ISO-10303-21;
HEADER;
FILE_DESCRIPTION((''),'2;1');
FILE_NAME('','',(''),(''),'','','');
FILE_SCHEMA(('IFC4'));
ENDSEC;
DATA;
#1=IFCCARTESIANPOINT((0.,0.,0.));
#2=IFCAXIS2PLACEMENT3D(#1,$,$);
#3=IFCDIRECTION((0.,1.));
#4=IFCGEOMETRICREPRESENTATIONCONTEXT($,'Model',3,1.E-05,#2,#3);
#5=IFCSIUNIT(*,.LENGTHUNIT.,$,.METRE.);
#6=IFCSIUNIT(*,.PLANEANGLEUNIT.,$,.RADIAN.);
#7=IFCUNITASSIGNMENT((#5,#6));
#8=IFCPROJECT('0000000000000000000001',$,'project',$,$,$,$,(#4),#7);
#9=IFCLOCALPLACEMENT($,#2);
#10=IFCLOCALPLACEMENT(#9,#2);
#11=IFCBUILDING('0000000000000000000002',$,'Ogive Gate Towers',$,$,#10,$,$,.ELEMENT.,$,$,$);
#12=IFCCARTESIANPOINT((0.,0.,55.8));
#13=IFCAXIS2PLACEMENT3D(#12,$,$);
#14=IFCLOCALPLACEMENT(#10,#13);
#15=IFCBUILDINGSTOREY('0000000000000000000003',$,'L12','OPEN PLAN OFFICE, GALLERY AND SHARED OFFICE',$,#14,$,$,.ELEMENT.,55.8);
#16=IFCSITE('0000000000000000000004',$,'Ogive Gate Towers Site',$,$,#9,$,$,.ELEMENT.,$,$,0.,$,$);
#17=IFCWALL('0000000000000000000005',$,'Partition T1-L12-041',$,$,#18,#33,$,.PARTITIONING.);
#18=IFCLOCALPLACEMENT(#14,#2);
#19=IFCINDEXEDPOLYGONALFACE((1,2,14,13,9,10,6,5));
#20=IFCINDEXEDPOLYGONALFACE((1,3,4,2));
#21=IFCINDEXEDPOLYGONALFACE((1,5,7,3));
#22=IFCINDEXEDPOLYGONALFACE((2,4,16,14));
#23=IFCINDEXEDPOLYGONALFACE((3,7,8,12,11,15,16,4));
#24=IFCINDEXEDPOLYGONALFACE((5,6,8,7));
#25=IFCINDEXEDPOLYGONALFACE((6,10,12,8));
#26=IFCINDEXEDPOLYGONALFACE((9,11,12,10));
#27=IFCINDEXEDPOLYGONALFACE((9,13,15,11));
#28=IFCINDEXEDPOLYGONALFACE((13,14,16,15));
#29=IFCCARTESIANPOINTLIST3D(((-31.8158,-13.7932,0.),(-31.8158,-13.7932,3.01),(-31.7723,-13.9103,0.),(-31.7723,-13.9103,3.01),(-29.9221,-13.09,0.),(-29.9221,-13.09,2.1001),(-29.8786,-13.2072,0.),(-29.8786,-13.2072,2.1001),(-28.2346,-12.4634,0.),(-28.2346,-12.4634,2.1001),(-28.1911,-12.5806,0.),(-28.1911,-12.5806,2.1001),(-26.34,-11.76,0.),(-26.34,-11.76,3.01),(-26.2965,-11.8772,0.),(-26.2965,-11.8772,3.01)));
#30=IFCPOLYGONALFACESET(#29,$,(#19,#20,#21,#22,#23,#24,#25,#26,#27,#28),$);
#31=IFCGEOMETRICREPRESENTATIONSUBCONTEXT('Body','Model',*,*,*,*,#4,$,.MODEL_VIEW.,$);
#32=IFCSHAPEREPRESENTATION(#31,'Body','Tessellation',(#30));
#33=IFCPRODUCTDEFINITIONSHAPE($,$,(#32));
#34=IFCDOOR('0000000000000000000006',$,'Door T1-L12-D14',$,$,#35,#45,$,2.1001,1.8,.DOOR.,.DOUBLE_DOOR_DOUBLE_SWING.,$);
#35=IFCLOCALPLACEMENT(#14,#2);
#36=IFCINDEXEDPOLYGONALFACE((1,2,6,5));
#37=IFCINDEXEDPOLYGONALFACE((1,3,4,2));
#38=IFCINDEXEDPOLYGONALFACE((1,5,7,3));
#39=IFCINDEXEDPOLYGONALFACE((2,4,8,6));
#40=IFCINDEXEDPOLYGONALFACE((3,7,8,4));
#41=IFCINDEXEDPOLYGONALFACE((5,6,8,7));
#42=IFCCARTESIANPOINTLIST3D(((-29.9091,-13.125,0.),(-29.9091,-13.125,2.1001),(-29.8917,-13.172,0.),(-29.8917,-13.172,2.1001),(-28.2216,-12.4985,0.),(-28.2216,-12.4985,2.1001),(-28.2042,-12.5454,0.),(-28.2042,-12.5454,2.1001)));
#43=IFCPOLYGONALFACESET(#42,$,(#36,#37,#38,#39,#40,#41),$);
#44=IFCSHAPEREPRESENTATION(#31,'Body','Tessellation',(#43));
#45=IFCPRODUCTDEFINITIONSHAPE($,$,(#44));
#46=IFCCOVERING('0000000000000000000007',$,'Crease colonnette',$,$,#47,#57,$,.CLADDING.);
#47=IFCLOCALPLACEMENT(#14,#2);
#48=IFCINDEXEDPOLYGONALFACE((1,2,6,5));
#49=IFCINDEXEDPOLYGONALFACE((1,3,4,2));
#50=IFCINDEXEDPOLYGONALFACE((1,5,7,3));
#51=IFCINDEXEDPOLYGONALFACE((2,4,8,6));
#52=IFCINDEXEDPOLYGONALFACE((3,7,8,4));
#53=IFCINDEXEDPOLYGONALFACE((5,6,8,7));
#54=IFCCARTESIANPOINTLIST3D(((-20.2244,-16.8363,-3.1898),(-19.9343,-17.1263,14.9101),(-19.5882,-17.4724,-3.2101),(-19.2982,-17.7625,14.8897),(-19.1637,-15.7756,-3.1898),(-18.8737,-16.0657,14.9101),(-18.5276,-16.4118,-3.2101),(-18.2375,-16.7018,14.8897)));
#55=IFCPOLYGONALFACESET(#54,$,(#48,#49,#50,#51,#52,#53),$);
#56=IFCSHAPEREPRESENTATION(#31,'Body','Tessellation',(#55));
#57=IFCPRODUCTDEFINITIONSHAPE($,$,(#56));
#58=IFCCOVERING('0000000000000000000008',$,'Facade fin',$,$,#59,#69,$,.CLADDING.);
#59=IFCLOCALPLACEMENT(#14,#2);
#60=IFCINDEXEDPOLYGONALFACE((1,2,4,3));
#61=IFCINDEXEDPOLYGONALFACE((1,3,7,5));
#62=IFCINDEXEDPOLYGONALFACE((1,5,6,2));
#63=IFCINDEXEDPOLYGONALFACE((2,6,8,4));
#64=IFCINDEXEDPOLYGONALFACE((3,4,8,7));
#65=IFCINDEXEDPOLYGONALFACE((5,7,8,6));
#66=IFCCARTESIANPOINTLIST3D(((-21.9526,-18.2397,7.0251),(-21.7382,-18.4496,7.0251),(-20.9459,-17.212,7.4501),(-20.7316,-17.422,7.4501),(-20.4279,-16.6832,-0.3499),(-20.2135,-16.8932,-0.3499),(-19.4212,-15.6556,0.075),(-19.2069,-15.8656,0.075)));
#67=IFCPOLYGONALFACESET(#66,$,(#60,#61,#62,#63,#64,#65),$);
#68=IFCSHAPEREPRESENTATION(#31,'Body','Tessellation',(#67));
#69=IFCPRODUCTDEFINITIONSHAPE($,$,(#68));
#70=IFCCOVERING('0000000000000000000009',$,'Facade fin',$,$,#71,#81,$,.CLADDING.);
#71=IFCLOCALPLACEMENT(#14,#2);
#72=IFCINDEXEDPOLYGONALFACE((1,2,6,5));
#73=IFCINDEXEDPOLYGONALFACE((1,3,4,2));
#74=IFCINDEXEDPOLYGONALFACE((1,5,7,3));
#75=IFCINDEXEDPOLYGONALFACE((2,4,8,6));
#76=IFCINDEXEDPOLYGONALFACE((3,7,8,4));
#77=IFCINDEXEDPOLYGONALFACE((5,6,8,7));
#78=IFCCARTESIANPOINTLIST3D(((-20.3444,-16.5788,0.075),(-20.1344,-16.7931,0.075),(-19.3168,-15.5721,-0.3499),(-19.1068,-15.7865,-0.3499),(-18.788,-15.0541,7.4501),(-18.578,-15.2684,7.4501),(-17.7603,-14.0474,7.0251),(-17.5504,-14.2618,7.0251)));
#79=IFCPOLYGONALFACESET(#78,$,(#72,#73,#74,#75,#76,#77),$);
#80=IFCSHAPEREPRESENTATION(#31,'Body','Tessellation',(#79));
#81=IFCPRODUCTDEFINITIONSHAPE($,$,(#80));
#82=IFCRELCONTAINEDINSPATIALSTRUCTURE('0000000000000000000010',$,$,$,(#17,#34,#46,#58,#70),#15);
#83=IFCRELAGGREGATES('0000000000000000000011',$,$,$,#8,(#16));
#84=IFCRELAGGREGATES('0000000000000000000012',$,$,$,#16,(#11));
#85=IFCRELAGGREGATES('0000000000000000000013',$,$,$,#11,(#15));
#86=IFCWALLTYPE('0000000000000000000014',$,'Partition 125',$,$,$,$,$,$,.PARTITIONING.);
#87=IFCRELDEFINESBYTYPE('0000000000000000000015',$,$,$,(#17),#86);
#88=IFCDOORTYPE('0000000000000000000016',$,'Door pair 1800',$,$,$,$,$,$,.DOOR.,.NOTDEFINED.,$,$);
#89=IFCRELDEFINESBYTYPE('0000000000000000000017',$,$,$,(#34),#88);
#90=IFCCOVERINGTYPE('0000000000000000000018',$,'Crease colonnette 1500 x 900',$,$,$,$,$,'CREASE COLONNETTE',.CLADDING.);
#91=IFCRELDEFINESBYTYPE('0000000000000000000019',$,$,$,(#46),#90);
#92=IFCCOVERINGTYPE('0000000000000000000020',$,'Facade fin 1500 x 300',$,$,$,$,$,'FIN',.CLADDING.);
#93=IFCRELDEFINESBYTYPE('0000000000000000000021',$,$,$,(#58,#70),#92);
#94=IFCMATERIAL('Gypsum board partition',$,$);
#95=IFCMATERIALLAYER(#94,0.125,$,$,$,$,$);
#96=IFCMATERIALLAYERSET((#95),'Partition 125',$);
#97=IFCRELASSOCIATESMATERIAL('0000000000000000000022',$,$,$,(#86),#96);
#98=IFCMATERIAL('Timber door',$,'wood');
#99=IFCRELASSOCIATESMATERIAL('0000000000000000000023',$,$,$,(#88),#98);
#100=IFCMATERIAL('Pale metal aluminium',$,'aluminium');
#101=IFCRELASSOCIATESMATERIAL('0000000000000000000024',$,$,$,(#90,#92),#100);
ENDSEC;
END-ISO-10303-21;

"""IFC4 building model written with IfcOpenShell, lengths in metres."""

from ifc_helpers import new_model, si_unit, direction, frame, frame_2d, origin, origin_2d, place, context, subcontext, project, spatial, rectangle, extrude, material, layer, layer_set, material_profile, profile_set, type_object, element, fill, save


model = new_model("IFC4")

# Units and contexts
model_context = context("Model", 3, precision=1e-05, world=origin(), true_north=direction((0.0, 1.0)))
body_context = subcontext(model_context, "Body", "Model", "MODEL_VIEW")
ifc_project = project(units=[si_unit("LENGTHUNIT", "METRE"), si_unit("PLANEANGLEUNIT", "RADIAN")], contexts=[model_context])

# Site, building, storey
site_placement = place(None, origin())
site = spatial("IfcSite", under=ifc_project, at=site_placement, Name="Ogive Gate Towers Site", CompositionType="ELEMENT", RefElevation=0.0)
building_placement = place(site_placement, origin())
building = spatial("IfcBuilding", under=site, at=building_placement, Name="Ogive Gate Towers", CompositionType="ELEMENT")
storey_placement = place(building_placement, frame((0.0, 0.0, 55.8)))
storey = spatial("IfcBuildingStorey", under=building, at=storey_placement, Name="L12", Description="OPEN PLAN OFFICE, GALLERY AND SHARED OFFICE", CompositionType="ELEMENT", Elevation=55.8)

# Shared definitions
ifc_material_1 = material(Name="Pale metal aluminium", Category="aluminium")

# Shared definitions
ifc_material_2 = material(Name="Timber door", Category="wood")

# Shared definitions
ifc_material_3 = material(Name="Gypsum board partition")
ifc_layer_1 = layer(ifc_material_3, 0.125)
ifc_layer_set_1 = layer_set([ifc_layer_1], Name="Partition 125")
wall_type_1 = type_object("IfcWallType", Name="Partition 125", PredefinedType="PARTITIONING", material=ifc_layer_set_1)

# Wall, opening, door
wall_1_placement = place(storey_placement, frame((-26.3184, -11.8186, 0.0), z_axis=(0.0, 0.0, 1.0), x_axis=(-0.937463, -0.348085, 0.0)))
wall_1 = element("IfcWall", 1, at=wall_1_placement, inside=storey, type_object=wall_type_1, Name="Partition T1-L12-041", PredefinedType="PARTITIONING", context=body_context, shape_type="SweptSolid", body=[
    extrude(rectangle(XDim=5.8411, YDim=0.125, at=frame_2d((2.9204, 0.0))), origin(), (0.0, 0.0, 1.0), 3.01),
])
opening_1_placement = place(wall_1_placement, frame((2.021, 0.0, 0.0)))
opening_1 = element("IfcOpeningElement", 2, at=opening_1_placement, cuts=wall_1, PredefinedType="OPENING", context=body_context, shape_type="SweptSolid", body=[
    extrude(rectangle(XDim=1.8, YDim=2.1001, at=frame_2d((0.8999, 1.05))), frame((0.0, 0.0725, 0.0), z_axis=(0.0, -1.0, 0.0), x_axis=(1.0, 0.0, 0.0)), (0.0, 0.0, 1.0), 0.145),
])
door_type_1 = type_object("IfcDoorType", Name="Door pair 1800", OperationType="NOTDEFINED", PredefinedType="DOOR", material=ifc_material_2)
door_1_placement = place(opening_1_placement, origin())
door_1 = element("IfcDoor", 3, at=door_1_placement, inside=storey, type_object=door_type_1, Name="Door T1-L12-D14", OperationType="DOUBLE_DOOR_DOUBLE_SWING", OverallHeight=2.1001, OverallWidth=1.8, PredefinedType="DOOR", context=body_context, shape_type="SweptSolid", body=[
    extrude(rectangle(XDim=1.8, YDim=2.1001, at=frame_2d((0.8999, 1.05))), frame((0.0, 0.0249, 0.0), z_axis=(0.0, -1.0, 0.0), x_axis=(1.0, 0.0, 0.0)), (0.0, 0.0, 1.0), 0.05),
])
fill(opening_1, door_1)

# Coverings
ifc_material_profile_1 = material_profile(ifc_material_1, rectangle(XDim=1.5, YDim=0.8999, at=origin_2d()), Name="1500 x 900 pale metal aluminium")
ifc_profile_set_1 = profile_set([ifc_material_profile_1], Name="Pale metal aluminium")
covering_type_1 = type_object("IfcCoveringType", Name="Crease colonnette 1500 x 900", ElementType="CREASE COLONNETTE", PredefinedType="CLADDING", material=ifc_profile_set_1)
covering_placement = place(storey_placement, frame((-19.376, -16.624, -3.2), z_axis=(0.01602, -0.01602, 0.999743), x_axis=(0.707107, 0.707107, 0.0)))
element("IfcCovering", 4, at=covering_placement, inside=storey, type_object=covering_type_1, Name="Crease colonnette", PredefinedType="CLADDING", context=body_context, shape_type="SweptSolid", body=[
    extrude(rectangle(XDim=1.5, YDim=0.8999, at=origin_2d()), origin(), (0.0, 0.0, 1.0), 18.1045),
])
ifc_material_profile_2 = material_profile(ifc_material_1, rectangle(XDim=0.3, YDim=1.5, at=origin_2d()), Name="1500 x 300 pale metal aluminium")
ifc_profile_set_2 = profile_set([ifc_material_profile_2], Name="Pale metal aluminium")
covering_type_2 = type_object("IfcCoveringType", Name="Facade fin 1500 x 300", ElementType="FIN", PredefinedType="CLADDING", material=ifc_profile_set_2)
for number, where, z_axis, x_axis, name in (
    (5, (-19.8174, -16.2744, -0.1375), (-0.198263, -0.20239, 0.959026), (0.714353, -0.699786, 0.0), "Facade fin"),
    (6, (-19.7256, -16.1826, -0.1375), (0.20239, 0.198263, 0.959026), (-0.699786, 0.714353, 0.0), "Facade fin"),
):
    element("IfcCovering", number, at=place(storey_placement, frame(where, z_axis=z_axis, x_axis=x_axis)), inside=storey, type_object=covering_type_2, Name=name, PredefinedType="CLADDING", context=body_context, shape_type="SweptSolid", body=[
        extrude(rectangle(XDim=0.3, YDim=1.5, at=origin_2d()), origin(), (0.0, 0.0, 1.0), 7.6902),
    ])

save(model, "model.ifc")
